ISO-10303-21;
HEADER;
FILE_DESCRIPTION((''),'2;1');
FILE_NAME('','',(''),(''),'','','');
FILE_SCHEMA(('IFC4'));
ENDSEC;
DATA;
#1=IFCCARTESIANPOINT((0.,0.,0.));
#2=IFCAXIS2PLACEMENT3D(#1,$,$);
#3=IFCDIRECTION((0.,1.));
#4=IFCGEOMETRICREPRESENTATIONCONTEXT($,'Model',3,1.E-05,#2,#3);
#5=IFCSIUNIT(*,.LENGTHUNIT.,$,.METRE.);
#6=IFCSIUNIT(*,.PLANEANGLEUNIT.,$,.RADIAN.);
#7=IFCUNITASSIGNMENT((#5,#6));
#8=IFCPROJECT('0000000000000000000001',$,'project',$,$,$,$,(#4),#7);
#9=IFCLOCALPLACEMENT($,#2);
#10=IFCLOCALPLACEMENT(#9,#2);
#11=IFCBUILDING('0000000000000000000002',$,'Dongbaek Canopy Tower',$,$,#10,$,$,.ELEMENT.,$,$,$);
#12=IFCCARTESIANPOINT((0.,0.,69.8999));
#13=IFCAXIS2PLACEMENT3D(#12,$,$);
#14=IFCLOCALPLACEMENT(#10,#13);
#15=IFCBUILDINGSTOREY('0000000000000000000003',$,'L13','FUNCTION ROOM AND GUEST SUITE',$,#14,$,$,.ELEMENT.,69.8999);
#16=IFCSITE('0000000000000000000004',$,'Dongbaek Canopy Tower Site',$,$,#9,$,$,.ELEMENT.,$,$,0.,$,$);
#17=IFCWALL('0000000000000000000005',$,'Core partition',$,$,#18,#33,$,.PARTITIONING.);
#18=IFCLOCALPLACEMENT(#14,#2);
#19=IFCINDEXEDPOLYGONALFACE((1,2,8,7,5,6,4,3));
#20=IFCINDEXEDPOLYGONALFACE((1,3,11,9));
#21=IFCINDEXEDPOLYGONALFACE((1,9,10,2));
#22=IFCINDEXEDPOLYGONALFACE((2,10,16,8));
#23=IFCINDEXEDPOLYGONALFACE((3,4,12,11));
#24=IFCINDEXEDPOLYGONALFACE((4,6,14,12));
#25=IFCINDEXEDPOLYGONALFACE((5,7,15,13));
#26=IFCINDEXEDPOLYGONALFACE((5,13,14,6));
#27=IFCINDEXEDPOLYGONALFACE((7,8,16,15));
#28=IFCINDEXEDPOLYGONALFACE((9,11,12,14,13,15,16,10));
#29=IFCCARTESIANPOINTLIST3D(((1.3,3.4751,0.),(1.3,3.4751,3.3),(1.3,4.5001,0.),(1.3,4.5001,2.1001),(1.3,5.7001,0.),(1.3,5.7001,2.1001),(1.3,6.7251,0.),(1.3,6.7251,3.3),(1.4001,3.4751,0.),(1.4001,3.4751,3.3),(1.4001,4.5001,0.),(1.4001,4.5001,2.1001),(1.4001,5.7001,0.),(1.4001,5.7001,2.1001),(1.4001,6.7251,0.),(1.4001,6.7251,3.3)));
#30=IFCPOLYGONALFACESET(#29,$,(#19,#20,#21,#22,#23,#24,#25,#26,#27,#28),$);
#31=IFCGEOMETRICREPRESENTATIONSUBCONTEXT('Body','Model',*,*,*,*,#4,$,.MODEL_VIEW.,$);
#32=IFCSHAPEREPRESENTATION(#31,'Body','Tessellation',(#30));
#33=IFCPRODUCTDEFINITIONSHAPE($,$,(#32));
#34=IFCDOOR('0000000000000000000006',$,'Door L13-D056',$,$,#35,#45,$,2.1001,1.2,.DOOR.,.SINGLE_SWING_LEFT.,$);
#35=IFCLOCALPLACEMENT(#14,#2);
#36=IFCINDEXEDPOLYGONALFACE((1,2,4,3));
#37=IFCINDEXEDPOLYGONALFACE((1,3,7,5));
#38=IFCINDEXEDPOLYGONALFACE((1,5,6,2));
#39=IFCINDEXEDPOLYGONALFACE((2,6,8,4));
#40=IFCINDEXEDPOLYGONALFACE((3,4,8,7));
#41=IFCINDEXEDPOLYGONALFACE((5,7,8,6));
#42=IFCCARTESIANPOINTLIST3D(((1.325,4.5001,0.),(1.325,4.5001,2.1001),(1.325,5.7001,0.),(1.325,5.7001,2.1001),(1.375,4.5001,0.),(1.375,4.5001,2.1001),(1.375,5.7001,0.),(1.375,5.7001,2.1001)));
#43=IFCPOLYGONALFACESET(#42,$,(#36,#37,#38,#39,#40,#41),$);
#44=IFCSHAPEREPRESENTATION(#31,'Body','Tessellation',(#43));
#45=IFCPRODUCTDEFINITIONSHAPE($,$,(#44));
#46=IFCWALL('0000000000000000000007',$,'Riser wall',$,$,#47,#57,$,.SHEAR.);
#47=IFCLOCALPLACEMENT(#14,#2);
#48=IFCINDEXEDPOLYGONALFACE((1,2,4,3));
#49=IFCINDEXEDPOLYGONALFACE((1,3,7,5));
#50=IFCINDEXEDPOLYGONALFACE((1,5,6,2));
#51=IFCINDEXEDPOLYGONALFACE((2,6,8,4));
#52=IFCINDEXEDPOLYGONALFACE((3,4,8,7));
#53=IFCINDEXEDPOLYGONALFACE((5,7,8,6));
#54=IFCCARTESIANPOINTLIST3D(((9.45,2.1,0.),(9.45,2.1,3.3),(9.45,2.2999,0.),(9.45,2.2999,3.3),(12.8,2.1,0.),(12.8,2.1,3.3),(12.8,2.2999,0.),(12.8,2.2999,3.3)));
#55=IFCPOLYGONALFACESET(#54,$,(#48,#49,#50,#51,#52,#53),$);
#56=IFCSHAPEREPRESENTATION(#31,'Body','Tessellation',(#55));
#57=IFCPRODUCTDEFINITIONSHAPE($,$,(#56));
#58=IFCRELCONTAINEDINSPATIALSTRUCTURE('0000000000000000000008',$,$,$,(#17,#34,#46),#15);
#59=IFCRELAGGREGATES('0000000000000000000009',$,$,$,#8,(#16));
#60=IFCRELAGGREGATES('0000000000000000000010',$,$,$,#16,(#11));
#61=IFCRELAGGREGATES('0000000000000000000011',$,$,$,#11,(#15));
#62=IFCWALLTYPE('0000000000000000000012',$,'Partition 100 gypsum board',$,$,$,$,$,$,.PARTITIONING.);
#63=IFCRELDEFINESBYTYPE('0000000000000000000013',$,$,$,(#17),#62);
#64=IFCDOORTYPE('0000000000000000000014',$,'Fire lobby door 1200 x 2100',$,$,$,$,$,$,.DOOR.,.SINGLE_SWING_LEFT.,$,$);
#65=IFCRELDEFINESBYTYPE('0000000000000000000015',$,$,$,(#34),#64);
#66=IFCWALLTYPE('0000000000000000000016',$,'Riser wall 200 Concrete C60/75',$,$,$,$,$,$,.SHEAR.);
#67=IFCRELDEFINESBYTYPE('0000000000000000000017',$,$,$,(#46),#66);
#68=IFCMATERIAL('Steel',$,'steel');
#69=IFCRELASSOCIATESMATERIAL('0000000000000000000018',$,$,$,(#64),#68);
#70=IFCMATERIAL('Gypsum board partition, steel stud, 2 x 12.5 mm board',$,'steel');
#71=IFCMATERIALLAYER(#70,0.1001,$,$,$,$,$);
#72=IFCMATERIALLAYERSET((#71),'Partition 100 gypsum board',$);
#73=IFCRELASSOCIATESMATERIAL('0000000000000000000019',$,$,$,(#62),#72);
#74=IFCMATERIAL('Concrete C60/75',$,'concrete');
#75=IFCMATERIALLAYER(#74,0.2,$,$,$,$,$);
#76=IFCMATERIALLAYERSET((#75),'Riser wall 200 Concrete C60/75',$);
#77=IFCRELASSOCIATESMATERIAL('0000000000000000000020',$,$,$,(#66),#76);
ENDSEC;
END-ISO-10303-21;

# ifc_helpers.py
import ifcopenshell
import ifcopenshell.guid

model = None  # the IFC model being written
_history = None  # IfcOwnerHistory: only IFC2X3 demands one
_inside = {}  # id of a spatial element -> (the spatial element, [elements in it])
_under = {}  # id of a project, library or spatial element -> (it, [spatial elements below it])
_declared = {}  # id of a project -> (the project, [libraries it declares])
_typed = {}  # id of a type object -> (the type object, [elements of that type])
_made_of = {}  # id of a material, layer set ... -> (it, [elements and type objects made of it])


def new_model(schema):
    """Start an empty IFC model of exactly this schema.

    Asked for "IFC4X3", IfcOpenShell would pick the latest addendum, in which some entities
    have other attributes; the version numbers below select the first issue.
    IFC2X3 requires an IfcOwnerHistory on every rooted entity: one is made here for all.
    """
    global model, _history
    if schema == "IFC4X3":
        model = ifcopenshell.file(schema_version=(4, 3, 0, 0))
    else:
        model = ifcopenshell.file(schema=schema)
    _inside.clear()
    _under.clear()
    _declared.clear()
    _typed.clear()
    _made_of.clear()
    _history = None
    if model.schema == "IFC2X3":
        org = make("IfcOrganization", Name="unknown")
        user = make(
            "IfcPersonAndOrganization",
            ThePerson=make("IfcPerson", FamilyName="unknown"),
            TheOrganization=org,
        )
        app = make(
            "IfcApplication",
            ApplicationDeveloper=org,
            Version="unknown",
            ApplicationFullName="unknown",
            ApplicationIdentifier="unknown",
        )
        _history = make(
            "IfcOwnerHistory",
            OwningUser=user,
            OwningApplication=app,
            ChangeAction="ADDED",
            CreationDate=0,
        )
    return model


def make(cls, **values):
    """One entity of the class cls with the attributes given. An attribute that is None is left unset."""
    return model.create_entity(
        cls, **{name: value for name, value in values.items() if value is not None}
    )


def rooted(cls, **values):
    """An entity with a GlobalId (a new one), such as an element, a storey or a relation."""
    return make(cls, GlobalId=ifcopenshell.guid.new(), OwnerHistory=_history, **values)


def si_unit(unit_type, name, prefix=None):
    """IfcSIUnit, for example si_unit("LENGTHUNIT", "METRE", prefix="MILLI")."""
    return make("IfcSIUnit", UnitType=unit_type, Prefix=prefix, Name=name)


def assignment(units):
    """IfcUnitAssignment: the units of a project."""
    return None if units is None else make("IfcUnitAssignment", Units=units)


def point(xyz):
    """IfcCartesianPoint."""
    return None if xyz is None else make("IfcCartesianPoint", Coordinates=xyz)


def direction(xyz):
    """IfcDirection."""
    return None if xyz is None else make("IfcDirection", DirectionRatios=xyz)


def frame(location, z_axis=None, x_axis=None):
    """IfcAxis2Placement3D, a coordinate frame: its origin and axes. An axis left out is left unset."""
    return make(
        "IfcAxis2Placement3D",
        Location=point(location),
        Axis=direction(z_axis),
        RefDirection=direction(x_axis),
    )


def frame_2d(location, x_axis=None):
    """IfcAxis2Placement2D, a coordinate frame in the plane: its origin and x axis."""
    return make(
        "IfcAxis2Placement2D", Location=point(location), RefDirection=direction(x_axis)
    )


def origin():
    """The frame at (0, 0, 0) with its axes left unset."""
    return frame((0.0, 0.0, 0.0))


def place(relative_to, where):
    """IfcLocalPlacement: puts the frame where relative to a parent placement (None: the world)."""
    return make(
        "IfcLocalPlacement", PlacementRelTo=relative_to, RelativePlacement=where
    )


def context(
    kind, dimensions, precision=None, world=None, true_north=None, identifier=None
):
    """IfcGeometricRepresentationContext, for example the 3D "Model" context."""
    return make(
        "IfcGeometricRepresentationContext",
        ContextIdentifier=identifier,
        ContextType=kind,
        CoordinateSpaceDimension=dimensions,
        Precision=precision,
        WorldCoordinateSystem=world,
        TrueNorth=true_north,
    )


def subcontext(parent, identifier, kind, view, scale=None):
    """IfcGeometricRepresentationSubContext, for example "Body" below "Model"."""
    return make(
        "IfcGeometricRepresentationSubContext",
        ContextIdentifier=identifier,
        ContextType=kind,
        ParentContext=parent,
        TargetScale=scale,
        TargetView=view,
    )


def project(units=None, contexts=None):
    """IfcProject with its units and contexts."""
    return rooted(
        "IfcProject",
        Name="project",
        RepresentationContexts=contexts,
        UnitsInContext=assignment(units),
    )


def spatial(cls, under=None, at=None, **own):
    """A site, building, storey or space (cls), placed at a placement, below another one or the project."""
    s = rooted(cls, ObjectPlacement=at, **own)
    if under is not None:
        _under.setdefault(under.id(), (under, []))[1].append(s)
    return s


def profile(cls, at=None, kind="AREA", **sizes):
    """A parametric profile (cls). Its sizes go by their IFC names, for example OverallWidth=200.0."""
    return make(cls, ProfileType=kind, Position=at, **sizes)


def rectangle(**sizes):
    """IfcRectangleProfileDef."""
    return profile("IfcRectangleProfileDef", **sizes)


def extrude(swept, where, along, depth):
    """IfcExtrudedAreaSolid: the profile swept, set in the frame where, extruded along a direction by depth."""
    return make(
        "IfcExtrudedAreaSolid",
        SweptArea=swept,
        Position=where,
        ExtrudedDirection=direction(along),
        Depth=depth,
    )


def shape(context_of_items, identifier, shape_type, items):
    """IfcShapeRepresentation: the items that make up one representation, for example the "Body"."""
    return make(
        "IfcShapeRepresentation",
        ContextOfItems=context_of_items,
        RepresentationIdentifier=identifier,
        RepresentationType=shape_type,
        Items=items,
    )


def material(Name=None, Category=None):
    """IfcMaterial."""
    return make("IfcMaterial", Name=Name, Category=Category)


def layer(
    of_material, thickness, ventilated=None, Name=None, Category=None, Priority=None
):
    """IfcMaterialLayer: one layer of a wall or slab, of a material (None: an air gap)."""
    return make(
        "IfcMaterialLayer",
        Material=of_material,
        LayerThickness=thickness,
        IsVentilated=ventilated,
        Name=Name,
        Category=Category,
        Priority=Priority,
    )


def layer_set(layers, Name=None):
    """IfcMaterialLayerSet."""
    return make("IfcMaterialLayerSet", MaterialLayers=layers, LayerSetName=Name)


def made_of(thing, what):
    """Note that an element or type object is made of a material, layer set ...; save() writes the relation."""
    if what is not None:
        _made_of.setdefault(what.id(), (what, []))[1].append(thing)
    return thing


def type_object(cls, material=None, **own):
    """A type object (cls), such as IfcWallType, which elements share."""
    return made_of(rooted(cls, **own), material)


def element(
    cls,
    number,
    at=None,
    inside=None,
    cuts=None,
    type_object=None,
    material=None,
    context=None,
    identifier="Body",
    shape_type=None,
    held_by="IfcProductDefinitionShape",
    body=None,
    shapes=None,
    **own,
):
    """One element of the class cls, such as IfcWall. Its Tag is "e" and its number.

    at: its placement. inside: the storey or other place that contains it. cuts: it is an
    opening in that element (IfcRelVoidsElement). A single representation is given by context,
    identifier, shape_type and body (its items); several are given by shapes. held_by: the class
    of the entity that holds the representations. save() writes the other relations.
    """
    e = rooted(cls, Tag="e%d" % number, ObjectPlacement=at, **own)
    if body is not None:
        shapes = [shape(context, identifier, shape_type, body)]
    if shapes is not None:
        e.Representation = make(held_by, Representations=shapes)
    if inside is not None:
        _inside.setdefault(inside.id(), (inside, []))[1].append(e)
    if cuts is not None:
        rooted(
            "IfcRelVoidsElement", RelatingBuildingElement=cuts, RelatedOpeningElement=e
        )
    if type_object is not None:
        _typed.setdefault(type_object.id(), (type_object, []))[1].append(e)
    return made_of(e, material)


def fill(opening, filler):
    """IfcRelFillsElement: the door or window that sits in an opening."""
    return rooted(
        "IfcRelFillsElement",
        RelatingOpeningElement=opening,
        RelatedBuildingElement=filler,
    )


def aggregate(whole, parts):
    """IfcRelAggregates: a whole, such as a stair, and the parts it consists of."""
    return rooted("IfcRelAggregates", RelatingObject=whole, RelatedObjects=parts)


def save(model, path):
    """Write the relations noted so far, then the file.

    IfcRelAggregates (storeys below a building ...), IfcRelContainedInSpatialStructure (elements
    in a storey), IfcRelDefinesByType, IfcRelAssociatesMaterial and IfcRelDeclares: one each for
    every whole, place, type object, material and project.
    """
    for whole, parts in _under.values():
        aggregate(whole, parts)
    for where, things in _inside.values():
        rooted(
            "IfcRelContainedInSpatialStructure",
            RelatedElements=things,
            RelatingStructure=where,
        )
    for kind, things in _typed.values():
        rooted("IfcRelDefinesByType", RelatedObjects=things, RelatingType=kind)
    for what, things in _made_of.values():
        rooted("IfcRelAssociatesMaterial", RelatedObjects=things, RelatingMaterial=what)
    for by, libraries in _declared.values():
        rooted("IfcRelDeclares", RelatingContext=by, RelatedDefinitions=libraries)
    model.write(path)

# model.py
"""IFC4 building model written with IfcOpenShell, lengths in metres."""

from ifc_helpers import new_model, si_unit, direction, frame, frame_2d, origin, place, context, subcontext, project, spatial, rectangle, extrude, material, layer, layer_set, type_object, element, fill, save


model = new_model("IFC4")

# Units and contexts
model_context = context("Model", 3, precision=1e-05, world=origin(), true_north=direction((0.0, 1.0)))
body_context = subcontext(model_context, "Body", "Model", "MODEL_VIEW")
ifc_project = project(units=[si_unit("LENGTHUNIT", "METRE"), si_unit("PLANEANGLEUNIT", "RADIAN")], contexts=[model_context])

# Site, building, storey
site_placement = place(None, origin())
site = spatial("IfcSite", under=ifc_project, at=site_placement, Name="Dongbaek Canopy Tower Site", CompositionType="ELEMENT", RefElevation=0.0)
building_placement = place(site_placement, origin())
building = spatial("IfcBuilding", under=site, at=building_placement, Name="Dongbaek Canopy Tower", CompositionType="ELEMENT")
storey_placement = place(building_placement, frame((0.0, 0.0, 69.8999)))
storey = spatial("IfcBuildingStorey", under=building, at=storey_placement, Name="L13", Description="FUNCTION ROOM AND GUEST SUITE", CompositionType="ELEMENT", Elevation=69.8999)

# Shared definitions
ifc_material_1 = material(Name="Steel", Category="steel")
door_type_1 = type_object("IfcDoorType", Name="Fire lobby door 1200 x 2100", OperationType="SINGLE_SWING_LEFT", PredefinedType="DOOR", material=ifc_material_1)

# Wall, opening, door
ifc_material_2 = material(Name="Gypsum board partition, steel stud, 2 x 12.5 mm board", Category="steel")
ifc_layer_1 = layer(ifc_material_2, 0.1001)
ifc_layer_set_1 = layer_set([ifc_layer_1], Name="Partition 100 gypsum board")
wall_type_1 = type_object("IfcWallType", Name="Partition 100 gypsum board", PredefinedType="PARTITIONING", material=ifc_layer_set_1)
wall_1_placement = place(storey_placement, frame((1.3501, 6.7251, 0.0), z_axis=(0.0, 0.0, 1.0), x_axis=(0.0, -1.0, 0.0)))
wall_1 = element("IfcWall", 1, at=wall_1_placement, inside=storey, type_object=wall_type_1, Name="Core partition", PredefinedType="PARTITIONING", context=body_context, shape_type="SweptSolid", body=[
    extrude(rectangle(XDim=3.25, YDim=0.1001, at=frame_2d((1.625, 0.0))), origin(), (0.0, 0.0, 1.0), 3.3),
])
opening_1_placement = place(wall_1_placement, frame((1.0249, 0.0, 0.0)))
opening_1 = element("IfcOpeningElement", 2, at=opening_1_placement, cuts=wall_1, PredefinedType="OPENING", context=body_context, shape_type="SweptSolid", body=[
    extrude(rectangle(XDim=1.2, YDim=2.1001, at=frame_2d((0.6001, 1.05))), frame((0.0, 0.0601, 0.0), z_axis=(0.0, -1.0, 0.0), x_axis=(1.0, 0.0, 0.0)), (0.0, 0.0, 1.0), 0.1201),
])
door_1_placement = place(opening_1_placement, origin())
door_1 = element("IfcDoor", 3, at=door_1_placement, inside=storey, type_object=door_type_1, Name="Door L13-D056", OperationType="SINGLE_SWING_LEFT", OverallHeight=2.1001, OverallWidth=1.2, PredefinedType="DOOR", context=body_context, shape_type="SweptSolid", body=[
    extrude(rectangle(XDim=1.2, YDim=2.1001, at=frame_2d((0.6001, 1.05))), frame((0.0, 0.0249, 0.0), z_axis=(0.0, -1.0, 0.0), x_axis=(1.0, 0.0, 0.0)), (0.0, 0.0, 1.0), 0.05),
])
fill(opening_1, door_1)

# Wall
ifc_material_3 = material(Name="Concrete C60/75", Category="concrete")
ifc_layer_2 = layer(ifc_material_3, 0.2)
ifc_layer_set_2 = layer_set([ifc_layer_2], Name="Riser wall 200 Concrete C60/75")
wall_type_2 = type_object("IfcWallType", Name="Riser wall 200 Concrete C60/75", PredefinedType="SHEAR", material=ifc_layer_set_2)
wall_2_placement = place(storey_placement, frame((9.45, 2.2, 0.0), z_axis=(0.0, 0.0, 1.0), x_axis=(1.0, 0.0, 0.0)))
element("IfcWall", 4, at=wall_2_placement, inside=storey, type_object=wall_type_2, Name="Riser wall", PredefinedType="SHEAR", context=body_context, shape_type="SweptSolid", body=[
    extrude(rectangle(XDim=3.3501, YDim=0.2, at=frame_2d((1.675, 0.0))), origin(), (0.0, 0.0, 1.0), 3.3),
])

save(model, "model.ifc")
